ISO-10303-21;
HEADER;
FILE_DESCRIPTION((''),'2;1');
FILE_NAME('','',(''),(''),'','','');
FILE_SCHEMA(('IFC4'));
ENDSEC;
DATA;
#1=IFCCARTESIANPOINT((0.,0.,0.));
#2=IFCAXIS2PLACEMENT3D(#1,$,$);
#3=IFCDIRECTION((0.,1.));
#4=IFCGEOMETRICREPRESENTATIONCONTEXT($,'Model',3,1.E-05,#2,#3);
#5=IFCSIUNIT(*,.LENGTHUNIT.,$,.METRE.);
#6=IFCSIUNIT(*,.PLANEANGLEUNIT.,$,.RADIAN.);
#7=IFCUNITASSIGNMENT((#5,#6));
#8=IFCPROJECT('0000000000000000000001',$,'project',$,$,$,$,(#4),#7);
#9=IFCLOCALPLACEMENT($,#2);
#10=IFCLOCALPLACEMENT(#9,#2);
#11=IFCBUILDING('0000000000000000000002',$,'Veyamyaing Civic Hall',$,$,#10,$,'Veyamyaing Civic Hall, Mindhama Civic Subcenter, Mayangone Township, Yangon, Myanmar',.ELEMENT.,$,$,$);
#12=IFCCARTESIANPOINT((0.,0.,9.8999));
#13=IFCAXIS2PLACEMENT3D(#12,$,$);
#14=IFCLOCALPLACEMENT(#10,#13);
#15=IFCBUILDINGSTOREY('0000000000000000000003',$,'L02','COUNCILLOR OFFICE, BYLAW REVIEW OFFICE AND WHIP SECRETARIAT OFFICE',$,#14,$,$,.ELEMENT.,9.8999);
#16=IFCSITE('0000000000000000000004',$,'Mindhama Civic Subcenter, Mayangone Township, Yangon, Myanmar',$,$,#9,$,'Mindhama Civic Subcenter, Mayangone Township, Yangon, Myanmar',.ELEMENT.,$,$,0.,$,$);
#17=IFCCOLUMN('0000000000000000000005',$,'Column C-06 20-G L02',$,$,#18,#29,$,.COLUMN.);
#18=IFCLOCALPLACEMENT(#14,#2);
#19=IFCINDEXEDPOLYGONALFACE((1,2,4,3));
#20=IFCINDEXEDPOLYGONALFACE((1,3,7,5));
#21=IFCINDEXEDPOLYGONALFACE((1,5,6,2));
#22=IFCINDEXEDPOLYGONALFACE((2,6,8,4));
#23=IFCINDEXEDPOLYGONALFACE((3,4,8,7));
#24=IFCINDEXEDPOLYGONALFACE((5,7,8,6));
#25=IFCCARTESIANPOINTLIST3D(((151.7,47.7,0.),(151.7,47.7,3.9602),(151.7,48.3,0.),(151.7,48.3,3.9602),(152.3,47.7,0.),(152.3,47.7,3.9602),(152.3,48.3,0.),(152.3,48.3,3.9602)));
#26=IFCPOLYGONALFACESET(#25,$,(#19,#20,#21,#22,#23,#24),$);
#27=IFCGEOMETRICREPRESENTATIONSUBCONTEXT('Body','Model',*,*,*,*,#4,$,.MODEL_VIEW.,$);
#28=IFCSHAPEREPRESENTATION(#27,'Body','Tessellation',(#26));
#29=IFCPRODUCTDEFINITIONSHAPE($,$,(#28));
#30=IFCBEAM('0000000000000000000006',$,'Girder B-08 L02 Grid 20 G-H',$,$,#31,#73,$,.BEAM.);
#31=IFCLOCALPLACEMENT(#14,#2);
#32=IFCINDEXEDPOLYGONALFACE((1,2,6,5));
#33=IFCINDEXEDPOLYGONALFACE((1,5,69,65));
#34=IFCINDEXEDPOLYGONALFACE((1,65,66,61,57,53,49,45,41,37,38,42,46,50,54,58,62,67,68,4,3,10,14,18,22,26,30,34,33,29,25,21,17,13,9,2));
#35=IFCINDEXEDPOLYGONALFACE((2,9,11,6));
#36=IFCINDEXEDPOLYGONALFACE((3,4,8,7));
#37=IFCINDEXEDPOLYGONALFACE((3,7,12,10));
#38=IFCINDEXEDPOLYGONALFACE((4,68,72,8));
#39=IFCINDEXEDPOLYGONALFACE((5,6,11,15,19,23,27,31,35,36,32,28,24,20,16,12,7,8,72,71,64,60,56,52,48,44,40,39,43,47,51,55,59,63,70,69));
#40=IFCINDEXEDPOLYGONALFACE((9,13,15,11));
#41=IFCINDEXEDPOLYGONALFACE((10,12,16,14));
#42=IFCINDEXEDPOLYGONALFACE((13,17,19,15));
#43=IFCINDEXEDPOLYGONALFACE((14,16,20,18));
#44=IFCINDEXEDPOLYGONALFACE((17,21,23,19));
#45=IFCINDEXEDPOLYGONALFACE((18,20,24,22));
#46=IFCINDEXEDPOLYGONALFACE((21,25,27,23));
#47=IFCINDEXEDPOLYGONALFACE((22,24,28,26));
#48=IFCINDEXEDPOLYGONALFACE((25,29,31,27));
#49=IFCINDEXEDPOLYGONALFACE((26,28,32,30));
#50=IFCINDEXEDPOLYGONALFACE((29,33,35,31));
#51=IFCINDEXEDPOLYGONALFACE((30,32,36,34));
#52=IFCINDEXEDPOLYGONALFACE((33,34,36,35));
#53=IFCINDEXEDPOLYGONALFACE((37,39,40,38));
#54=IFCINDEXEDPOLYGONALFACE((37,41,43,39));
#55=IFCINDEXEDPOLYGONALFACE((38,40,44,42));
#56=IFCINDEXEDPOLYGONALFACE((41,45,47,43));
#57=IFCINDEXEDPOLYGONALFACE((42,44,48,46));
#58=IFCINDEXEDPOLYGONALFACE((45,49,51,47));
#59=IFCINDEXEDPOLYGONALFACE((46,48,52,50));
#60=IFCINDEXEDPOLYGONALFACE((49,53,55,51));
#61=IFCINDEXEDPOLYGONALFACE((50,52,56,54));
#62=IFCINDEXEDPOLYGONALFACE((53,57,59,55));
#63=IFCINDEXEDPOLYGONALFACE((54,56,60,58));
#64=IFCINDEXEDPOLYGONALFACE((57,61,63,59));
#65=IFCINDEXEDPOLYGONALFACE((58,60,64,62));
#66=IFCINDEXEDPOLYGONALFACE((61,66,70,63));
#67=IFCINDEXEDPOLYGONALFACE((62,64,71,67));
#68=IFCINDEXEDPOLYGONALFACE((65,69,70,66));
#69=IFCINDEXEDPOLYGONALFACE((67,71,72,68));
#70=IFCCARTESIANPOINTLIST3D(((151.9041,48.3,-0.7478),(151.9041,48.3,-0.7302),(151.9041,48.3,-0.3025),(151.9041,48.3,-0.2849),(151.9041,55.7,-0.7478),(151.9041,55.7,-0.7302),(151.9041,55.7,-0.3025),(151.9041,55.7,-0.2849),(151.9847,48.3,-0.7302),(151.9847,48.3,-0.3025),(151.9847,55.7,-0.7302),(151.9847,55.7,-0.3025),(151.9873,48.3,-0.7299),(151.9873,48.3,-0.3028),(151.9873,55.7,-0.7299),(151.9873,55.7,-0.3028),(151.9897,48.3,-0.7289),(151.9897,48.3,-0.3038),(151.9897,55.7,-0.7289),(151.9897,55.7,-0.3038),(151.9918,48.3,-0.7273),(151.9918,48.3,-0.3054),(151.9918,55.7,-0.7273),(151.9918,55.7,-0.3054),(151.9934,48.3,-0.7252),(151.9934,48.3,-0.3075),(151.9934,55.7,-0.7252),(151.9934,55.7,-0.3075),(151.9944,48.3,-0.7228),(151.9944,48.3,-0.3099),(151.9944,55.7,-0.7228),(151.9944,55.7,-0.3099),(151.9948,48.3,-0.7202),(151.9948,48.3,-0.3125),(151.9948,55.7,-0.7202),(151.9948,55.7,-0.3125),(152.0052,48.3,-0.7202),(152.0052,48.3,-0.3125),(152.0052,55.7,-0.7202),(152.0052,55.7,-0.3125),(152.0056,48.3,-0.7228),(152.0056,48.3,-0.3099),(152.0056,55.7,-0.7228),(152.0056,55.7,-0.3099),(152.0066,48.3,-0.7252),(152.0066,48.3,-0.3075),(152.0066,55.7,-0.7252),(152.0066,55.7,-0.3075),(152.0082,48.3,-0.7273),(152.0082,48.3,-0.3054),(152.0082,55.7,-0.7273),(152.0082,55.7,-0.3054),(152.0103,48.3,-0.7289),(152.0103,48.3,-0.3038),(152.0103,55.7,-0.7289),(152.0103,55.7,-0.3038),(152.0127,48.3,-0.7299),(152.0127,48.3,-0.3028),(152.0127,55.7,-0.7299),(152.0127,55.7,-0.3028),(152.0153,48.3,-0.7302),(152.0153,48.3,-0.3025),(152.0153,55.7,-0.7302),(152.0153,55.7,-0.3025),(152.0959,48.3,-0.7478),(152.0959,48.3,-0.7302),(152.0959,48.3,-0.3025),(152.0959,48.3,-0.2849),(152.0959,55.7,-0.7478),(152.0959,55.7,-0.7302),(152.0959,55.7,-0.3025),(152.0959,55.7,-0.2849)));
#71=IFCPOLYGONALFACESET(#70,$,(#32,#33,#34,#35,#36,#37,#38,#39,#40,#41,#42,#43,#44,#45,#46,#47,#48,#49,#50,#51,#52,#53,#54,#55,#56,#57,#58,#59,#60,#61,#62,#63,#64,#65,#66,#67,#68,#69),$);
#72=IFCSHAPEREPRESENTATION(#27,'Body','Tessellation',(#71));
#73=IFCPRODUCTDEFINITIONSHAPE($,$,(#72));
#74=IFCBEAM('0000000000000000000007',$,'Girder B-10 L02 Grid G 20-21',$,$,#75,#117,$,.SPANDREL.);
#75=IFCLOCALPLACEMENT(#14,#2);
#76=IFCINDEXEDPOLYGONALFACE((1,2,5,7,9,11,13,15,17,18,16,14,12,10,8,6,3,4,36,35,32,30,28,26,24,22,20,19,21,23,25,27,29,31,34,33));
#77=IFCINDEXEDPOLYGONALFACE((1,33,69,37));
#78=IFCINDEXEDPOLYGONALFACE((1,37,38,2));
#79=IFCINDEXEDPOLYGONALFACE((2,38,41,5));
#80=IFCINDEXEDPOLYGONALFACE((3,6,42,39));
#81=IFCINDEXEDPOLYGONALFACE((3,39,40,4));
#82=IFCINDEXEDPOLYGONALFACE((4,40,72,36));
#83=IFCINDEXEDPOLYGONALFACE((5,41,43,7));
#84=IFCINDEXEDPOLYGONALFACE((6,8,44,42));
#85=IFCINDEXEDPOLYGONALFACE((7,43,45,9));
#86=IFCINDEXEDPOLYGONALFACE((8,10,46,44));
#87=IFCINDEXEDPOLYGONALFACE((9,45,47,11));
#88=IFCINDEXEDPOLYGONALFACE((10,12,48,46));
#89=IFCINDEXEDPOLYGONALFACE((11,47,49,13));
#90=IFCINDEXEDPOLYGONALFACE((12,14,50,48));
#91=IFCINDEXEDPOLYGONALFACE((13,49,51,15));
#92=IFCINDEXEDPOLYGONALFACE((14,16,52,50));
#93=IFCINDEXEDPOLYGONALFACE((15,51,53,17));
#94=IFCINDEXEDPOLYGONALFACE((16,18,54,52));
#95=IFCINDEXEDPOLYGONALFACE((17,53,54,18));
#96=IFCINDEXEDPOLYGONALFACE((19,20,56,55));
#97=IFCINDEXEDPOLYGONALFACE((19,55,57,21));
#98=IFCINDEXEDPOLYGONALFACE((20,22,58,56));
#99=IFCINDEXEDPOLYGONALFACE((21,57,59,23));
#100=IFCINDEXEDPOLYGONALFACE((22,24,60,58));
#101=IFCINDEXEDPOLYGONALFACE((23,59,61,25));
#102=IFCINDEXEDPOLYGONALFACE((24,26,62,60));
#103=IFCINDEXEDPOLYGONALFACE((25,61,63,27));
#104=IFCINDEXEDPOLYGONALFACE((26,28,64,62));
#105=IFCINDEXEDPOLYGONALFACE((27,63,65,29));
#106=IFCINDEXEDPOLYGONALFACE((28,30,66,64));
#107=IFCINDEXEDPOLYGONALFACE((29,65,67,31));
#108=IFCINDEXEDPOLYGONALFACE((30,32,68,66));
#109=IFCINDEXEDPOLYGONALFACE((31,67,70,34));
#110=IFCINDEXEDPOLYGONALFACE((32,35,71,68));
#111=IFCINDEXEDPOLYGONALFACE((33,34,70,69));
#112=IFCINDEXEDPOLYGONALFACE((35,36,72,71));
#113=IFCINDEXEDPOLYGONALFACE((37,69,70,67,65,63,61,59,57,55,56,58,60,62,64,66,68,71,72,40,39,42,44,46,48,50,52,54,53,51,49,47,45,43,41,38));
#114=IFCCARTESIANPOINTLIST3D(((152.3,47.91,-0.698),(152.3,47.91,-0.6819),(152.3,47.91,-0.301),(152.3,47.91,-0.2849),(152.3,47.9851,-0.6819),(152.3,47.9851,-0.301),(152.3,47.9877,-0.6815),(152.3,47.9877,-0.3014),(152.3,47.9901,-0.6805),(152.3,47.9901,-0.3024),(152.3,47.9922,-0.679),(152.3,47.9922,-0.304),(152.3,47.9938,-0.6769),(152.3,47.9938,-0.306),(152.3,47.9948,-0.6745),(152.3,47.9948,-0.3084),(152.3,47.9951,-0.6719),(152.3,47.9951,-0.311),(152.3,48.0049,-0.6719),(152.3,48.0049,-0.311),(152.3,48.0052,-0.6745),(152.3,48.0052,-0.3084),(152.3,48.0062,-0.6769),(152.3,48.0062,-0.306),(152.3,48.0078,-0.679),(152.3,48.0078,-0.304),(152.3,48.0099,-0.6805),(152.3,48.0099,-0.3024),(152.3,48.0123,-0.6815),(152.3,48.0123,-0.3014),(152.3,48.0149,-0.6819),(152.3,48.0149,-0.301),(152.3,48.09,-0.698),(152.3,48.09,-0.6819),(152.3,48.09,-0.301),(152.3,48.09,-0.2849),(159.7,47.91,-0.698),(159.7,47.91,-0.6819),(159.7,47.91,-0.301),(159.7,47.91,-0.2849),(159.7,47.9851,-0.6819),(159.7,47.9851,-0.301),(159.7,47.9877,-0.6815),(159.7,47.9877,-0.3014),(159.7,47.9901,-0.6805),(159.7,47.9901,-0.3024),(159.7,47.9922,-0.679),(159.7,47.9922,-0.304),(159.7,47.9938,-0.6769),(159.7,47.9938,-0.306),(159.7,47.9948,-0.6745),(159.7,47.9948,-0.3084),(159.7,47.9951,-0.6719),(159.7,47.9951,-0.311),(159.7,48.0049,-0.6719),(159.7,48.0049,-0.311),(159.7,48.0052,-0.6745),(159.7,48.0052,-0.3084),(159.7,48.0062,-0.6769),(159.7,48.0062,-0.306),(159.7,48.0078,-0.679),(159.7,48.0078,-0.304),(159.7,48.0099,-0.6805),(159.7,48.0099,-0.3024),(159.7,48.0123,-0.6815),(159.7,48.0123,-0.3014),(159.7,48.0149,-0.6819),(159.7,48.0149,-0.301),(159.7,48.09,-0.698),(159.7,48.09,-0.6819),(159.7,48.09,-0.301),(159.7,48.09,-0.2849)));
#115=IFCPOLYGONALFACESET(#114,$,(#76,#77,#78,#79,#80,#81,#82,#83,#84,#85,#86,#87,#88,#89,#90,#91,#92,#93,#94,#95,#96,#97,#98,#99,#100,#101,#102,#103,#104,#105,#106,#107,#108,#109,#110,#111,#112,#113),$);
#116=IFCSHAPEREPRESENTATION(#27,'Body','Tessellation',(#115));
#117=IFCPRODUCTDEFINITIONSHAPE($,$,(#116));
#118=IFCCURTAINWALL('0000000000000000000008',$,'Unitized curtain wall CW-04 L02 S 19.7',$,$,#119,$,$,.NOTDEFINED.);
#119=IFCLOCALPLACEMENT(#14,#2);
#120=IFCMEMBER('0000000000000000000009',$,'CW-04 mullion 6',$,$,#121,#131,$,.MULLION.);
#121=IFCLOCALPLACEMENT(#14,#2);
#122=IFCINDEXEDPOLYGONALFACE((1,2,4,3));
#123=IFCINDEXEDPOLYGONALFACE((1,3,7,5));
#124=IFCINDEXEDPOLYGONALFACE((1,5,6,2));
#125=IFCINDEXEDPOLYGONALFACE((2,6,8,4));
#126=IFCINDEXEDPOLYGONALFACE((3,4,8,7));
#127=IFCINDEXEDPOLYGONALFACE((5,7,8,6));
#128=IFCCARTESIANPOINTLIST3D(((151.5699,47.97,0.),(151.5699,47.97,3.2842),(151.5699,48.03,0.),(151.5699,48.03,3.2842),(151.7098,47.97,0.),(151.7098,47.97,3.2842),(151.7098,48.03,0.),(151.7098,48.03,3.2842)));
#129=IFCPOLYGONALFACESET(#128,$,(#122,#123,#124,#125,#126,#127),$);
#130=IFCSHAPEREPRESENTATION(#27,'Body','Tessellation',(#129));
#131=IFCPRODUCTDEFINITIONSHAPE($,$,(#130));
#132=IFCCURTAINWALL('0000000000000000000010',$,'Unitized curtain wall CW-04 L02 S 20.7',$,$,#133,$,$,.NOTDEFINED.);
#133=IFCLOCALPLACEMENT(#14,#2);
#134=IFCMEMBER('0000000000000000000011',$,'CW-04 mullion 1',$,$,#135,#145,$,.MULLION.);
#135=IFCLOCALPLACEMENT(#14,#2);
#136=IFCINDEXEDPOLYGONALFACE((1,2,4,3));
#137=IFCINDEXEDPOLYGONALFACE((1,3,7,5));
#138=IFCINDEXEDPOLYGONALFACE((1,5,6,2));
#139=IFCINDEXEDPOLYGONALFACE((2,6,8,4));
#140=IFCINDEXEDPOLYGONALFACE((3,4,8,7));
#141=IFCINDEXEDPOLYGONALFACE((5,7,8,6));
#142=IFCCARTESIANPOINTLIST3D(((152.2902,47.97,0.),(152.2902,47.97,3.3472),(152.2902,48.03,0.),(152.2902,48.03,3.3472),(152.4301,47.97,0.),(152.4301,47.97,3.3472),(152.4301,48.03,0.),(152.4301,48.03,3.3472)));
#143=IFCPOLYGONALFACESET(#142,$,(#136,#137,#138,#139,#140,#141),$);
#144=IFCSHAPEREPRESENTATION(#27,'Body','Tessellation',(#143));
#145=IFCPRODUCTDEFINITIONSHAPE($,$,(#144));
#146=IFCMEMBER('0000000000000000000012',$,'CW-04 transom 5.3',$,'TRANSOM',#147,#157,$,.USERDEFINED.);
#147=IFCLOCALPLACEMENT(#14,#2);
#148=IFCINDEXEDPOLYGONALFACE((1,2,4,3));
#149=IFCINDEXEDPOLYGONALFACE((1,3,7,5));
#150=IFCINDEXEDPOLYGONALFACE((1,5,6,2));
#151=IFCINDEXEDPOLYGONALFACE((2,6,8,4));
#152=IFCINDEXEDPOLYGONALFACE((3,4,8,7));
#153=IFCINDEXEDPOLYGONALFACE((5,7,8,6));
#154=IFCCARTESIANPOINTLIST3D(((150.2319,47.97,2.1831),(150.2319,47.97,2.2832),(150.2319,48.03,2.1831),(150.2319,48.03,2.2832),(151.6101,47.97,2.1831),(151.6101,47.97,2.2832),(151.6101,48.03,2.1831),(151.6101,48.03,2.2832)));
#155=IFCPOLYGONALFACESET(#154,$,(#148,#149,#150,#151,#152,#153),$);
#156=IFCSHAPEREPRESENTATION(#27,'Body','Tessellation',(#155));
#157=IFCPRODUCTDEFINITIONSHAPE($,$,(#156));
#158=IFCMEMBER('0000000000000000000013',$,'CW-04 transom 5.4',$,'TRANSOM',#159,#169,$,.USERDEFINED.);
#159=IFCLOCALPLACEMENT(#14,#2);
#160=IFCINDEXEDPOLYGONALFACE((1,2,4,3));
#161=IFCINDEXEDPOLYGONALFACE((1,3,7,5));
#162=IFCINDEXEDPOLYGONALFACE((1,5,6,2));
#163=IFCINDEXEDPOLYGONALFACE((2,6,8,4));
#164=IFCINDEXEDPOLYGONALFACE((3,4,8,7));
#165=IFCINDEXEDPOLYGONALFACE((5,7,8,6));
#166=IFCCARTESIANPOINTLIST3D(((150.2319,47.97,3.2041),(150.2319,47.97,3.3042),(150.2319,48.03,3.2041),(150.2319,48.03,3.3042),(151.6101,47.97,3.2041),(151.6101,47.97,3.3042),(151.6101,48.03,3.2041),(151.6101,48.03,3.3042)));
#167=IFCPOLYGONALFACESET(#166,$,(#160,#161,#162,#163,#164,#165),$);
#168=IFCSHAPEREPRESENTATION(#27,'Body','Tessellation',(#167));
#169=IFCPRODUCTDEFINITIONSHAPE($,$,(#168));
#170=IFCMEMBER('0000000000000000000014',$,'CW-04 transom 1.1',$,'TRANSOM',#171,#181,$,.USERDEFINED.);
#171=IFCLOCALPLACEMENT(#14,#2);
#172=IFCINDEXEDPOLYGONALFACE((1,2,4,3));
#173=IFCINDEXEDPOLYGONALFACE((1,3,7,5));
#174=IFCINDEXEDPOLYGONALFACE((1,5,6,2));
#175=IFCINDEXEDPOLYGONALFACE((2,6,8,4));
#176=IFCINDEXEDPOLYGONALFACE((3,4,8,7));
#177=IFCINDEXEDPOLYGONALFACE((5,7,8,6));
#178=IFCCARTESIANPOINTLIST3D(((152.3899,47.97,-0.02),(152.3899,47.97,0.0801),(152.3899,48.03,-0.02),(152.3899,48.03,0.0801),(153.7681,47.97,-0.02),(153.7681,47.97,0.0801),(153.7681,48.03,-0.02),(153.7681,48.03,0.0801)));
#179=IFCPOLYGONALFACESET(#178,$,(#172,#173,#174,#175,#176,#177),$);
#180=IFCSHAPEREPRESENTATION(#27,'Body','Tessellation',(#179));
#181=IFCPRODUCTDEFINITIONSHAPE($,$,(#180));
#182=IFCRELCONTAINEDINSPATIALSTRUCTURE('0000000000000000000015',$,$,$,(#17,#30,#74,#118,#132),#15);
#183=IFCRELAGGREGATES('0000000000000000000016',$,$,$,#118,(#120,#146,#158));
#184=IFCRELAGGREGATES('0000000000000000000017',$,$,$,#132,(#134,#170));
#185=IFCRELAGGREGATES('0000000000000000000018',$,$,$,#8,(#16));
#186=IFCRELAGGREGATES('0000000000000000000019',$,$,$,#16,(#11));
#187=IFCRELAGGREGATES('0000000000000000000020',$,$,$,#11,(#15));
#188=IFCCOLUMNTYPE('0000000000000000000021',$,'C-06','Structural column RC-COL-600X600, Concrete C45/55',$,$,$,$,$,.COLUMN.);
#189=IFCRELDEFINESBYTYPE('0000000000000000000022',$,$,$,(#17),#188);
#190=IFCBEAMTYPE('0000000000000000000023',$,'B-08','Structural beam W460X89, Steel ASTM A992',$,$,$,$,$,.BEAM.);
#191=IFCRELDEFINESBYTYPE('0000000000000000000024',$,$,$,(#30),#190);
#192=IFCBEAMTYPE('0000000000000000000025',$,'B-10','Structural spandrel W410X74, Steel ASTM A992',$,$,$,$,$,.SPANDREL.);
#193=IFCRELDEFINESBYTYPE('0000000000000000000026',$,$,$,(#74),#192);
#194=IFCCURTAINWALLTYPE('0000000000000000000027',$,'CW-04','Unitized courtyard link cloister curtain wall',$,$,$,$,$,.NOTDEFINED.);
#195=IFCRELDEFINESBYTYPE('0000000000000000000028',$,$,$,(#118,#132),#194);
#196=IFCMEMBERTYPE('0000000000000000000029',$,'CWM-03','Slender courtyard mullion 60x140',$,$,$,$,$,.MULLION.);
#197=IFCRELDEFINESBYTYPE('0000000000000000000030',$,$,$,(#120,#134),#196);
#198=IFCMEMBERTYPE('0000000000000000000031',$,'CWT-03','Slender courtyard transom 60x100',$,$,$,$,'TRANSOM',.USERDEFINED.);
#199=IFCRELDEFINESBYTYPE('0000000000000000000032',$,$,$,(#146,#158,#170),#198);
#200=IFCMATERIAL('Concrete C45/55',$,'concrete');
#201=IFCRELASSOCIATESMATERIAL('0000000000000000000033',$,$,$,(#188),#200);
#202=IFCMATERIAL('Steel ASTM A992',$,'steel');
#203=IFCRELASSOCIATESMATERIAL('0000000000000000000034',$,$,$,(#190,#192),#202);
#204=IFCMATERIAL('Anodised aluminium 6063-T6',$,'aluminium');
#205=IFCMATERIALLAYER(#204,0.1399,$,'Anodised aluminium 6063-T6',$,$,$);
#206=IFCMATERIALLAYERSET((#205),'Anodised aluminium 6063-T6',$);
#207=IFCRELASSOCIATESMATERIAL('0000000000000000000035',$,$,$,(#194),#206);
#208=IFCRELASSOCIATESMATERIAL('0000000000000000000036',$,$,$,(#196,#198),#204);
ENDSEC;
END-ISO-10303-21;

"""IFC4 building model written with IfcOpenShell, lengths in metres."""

from ifc_helpers import new_model, si_unit, direction, frame, origin, origin_2d, place, context, subcontext, project, spatial, rectangle, i_section, extrude, material, layer, layer_set, material_profile, profile_set, type_object, element, aggregate, save


model = new_model("IFC4")

# Units and contexts
model_context = context("Model", 3, precision=1e-05, world=origin(), true_north=direction((0.0, 1.0)))
body_context = subcontext(model_context, "Body", "Model", "MODEL_VIEW")
ifc_project = project(units=[si_unit("LENGTHUNIT", "METRE"), si_unit("PLANEANGLEUNIT", "RADIAN")], contexts=[model_context])

# Site, building, storey
site_placement = place(None, origin())
site = spatial("IfcSite", under=ifc_project, at=site_placement, Name="Mindhama Civic Subcenter, Mayangone Township, Yangon, Myanmar", LongName="Mindhama Civic Subcenter, Mayangone Township, Yangon, Myanmar", CompositionType="ELEMENT", RefElevation=0.0)
building_placement = place(site_placement, origin())
building = spatial("IfcBuilding", under=site, at=building_placement, Name="Veyamyaing Civic Hall", LongName="Veyamyaing Civic Hall, Mindhama Civic Subcenter, Mayangone Township, Yangon, Myanmar", CompositionType="ELEMENT")
storey_placement = place(building_placement, frame((0.0, 0.0, 9.8999)))
storey = spatial("IfcBuildingStorey", under=building, at=storey_placement, Name="L02", Description="COUNCILLOR OFFICE, BYLAW REVIEW OFFICE AND WHIP SECRETARIAT OFFICE", CompositionType="ELEMENT", Elevation=9.8999)

# Column
ifc_material_1 = material(Name="Concrete C45/55", Category="concrete")
ifc_material_profile_1 = material_profile(ifc_material_1, rectangle(XDim=0.6001, YDim=0.6001, at=origin_2d()), Name="RC-COL-600X600")
ifc_profile_set_1 = profile_set([ifc_material_profile_1], Name="Concrete C45/55")
column_type = type_object("IfcColumnType", Name="C-06", Description="Structural column RC-COL-600X600, Concrete C45/55", PredefinedType="COLUMN", material=ifc_profile_set_1)
column_placement = place(storey_placement, frame((152.0, 48.0, 0.0), z_axis=(0.0, 0.0, 1.0), x_axis=(1.0, 0.0, 0.0)))
element("IfcColumn", 1, at=column_placement, inside=storey, type_object=column_type, Name="Column C-06 20-G L02", PredefinedType="COLUMN", context=body_context, shape_type="SweptSolid", body=[
    extrude(rectangle(XDim=0.6001, YDim=0.6001, at=origin_2d()), origin(), (0.0, 0.0, 1.0), 3.9602),
])

# Beams
ifc_material_2 = material(Name="Steel ASTM A992", Category="steel")
ifc_material_profile_2 = material_profile(ifc_material_2, i_section(OverallWidth=0.1919, OverallDepth=0.4629, WebThickness=0.0105, FlangeThickness=0.0176, FilletRadius=0.01, at=origin_2d()), Name="W460X89")
ifc_profile_set_2 = profile_set([ifc_material_profile_2], Name="Steel ASTM A992")
beam_type_1 = type_object("IfcBeamType", Name="B-08", Description="Structural beam W460X89, Steel ASTM A992", PredefinedType="BEAM", material=ifc_profile_set_2)
beam_1_placement = place(storey_placement, frame((152.0, 48.3, -0.5164), z_axis=(0.0, 1.0, 0.0), x_axis=(-1.0, 0.0, 0.0)))
element("IfcBeam", 2, at=beam_1_placement, inside=storey, type_object=beam_type_1, Name="Girder B-08 L02 Grid 20 G-H", PredefinedType="BEAM", context=body_context, shape_type="SweptSolid", body=[
    extrude(i_section(OverallWidth=0.1919, OverallDepth=0.4629, WebThickness=0.0105, FlangeThickness=0.0176, FilletRadius=0.01, at=origin_2d()), origin(), (0.0, 0.0, 1.0), 7.3999),
])
ifc_material_profile_3 = material_profile(ifc_material_2, i_section(OverallWidth=0.1799, OverallDepth=0.4131, WebThickness=0.0098, FlangeThickness=0.0161, FilletRadius=0.01, at=origin_2d()), Name="W410X74")
ifc_profile_set_3 = profile_set([ifc_material_profile_3], Name="Steel ASTM A992")
beam_type_2 = type_object("IfcBeamType", Name="B-10", Description="Structural spandrel W410X74, Steel ASTM A992", PredefinedType="SPANDREL", material=ifc_profile_set_3)
beam_2_placement = place(storey_placement, frame((152.3, 48.0, -0.4915), z_axis=(1.0, 0.0, 0.0), x_axis=(0.0, 1.0, 0.0)))
element("IfcBeam", 3, at=beam_2_placement, inside=storey, type_object=beam_type_2, Name="Girder B-10 L02 Grid G 20-21", PredefinedType="SPANDREL", context=body_context, shape_type="SweptSolid", body=[
    extrude(i_section(OverallWidth=0.1799, OverallDepth=0.4131, WebThickness=0.0098, FlangeThickness=0.0161, FilletRadius=0.01, at=origin_2d()), origin(), (0.0, 0.0, 1.0), 7.3999),
])

# Curtain walls, members
ifc_material_3 = material(Name="Anodised aluminium 6063-T6", Category="aluminium")
ifc_layer_1 = layer(ifc_material_3, 0.1399, Name="Anodised aluminium 6063-T6")
ifc_layer_set_1 = layer_set([ifc_layer_1], Name="Anodised aluminium 6063-T6")
curtain_wall_type = type_object("IfcCurtainWallType", Name="CW-04", Description="Unitized courtyard link cloister curtain wall", PredefinedType="NOTDEFINED", material=ifc_layer_set_1)
curtain_wall_1_placement = place(storey_placement, origin())
curtain_wall_1 = element("IfcCurtainWall", 4, at=curtain_wall_1_placement, inside=storey, type_object=curtain_wall_type, Name="Unitized curtain wall CW-04 L02 S 19.7", PredefinedType="NOTDEFINED")
ifc_material_profile_4 = material_profile(ifc_material_3, rectangle(XDim=0.0601, YDim=0.1399, at=origin_2d()), Name="ALU-MUL-60X140")
ifc_profile_set_4 = profile_set([ifc_material_profile_4], Name="Anodised aluminium 6063-T6")
member_type_1 = type_object("IfcMemberType", Name="CWM-03", Description="Slender courtyard mullion 60x140", PredefinedType="MULLION", material=ifc_profile_set_4)
member_1_placement = place(storey_placement, frame((151.6399, 48.0, 0.0), z_axis=(0.0, 0.0, 1.0), x_axis=(0.0, 1.0, 0.0)))
member_1 = element("IfcMember", 5, at=member_1_placement, type_object=member_type_1, Name="CW-04 mullion 6", PredefinedType="MULLION", context=body_context, shape_type="SweptSolid", body=[
    extrude(rectangle(XDim=0.0601, YDim=0.1399, at=origin_2d()), origin(), (0.0, 0.0, 1.0), 3.2842),
])
curtain_wall_2_placement = place(storey_placement, origin())
curtain_wall_2 = element("IfcCurtainWall", 6, at=curtain_wall_2_placement, inside=storey, type_object=curtain_wall_type, Name="Unitized curtain wall CW-04 L02 S 20.7", PredefinedType="NOTDEFINED")
member_2_placement = place(storey_placement, frame((152.3601, 48.0, 0.0), z_axis=(0.0, 0.0, 1.0), x_axis=(0.0, 1.0, 0.0)))
member_2 = element("IfcMember", 7, at=member_2_placement, type_object=member_type_1, Name="CW-04 mullion 1", PredefinedType="MULLION", context=body_context, shape_type="SweptSolid", body=[
    extrude(rectangle(XDim=0.0601, YDim=0.1399, at=origin_2d()), origin(), (0.0, 0.0, 1.0), 3.3472),
])

# Members
ifc_material_profile_5 = material_profile(ifc_material_3, rectangle(XDim=0.0601, YDim=0.1001, at=origin_2d()), Name="ALU-TRN-60X100")
ifc_profile_set_5 = profile_set([ifc_material_profile_5], Name="Anodised aluminium 6063-T6")
member_type_2 = type_object("IfcMemberType", Name="CWT-03", Description="Slender courtyard transom 60x100", ElementType="TRANSOM", PredefinedType="USERDEFINED", material=ifc_profile_set_5)
member_3_placement = place(storey_placement, frame((150.2319, 48.0, 2.2332), z_axis=(1.0, 0.0, 0.0), x_axis=(0.0, 1.0, 0.0)))
member_3 = element("IfcMember", 8, at=member_3_placement, type_object=member_type_2, Name="CW-04 transom 5.3", ObjectType="TRANSOM", PredefinedType="USERDEFINED", context=body_context, shape_type="SweptSolid", body=[
    extrude(rectangle(XDim=0.0601, YDim=0.1001, at=origin_2d()), origin(), (0.0, 0.0, 1.0), 1.3782),
])
member_4_placement = place(storey_placement, frame((150.2319, 48.0, 3.2542), z_axis=(1.0, 0.0, 0.0), x_axis=(0.0, 1.0, 0.0)))
member_4 = element("IfcMember", 9, at=member_4_placement, type_object=member_type_2, Name="CW-04 transom 5.4", ObjectType="TRANSOM", PredefinedType="USERDEFINED", context=body_context, shape_type="SweptSolid", body=[
    extrude(rectangle(XDim=0.0601, YDim=0.1001, at=origin_2d()), origin(), (0.0, 0.0, 1.0), 1.3782),
])
member_5_placement = place(storey_placement, frame((152.3899, 48.0, 0.03), z_axis=(1.0, 0.0, 0.0), x_axis=(0.0, 1.0, 0.0)))
member_5 = element("IfcMember", 10, at=member_5_placement, type_object=member_type_2, Name="CW-04 transom 1.1", ObjectType="TRANSOM", PredefinedType="USERDEFINED", context=body_context, shape_type="SweptSolid", body=[
    extrude(rectangle(XDim=0.0601, YDim=0.1001, at=origin_2d()), origin(), (0.0, 0.0, 1.0), 1.3782),
])

aggregate(curtain_wall_1, [member_1, member_3, member_4])
aggregate(curtain_wall_2, [member_2, member_5])

save(model, "model.ifc")
